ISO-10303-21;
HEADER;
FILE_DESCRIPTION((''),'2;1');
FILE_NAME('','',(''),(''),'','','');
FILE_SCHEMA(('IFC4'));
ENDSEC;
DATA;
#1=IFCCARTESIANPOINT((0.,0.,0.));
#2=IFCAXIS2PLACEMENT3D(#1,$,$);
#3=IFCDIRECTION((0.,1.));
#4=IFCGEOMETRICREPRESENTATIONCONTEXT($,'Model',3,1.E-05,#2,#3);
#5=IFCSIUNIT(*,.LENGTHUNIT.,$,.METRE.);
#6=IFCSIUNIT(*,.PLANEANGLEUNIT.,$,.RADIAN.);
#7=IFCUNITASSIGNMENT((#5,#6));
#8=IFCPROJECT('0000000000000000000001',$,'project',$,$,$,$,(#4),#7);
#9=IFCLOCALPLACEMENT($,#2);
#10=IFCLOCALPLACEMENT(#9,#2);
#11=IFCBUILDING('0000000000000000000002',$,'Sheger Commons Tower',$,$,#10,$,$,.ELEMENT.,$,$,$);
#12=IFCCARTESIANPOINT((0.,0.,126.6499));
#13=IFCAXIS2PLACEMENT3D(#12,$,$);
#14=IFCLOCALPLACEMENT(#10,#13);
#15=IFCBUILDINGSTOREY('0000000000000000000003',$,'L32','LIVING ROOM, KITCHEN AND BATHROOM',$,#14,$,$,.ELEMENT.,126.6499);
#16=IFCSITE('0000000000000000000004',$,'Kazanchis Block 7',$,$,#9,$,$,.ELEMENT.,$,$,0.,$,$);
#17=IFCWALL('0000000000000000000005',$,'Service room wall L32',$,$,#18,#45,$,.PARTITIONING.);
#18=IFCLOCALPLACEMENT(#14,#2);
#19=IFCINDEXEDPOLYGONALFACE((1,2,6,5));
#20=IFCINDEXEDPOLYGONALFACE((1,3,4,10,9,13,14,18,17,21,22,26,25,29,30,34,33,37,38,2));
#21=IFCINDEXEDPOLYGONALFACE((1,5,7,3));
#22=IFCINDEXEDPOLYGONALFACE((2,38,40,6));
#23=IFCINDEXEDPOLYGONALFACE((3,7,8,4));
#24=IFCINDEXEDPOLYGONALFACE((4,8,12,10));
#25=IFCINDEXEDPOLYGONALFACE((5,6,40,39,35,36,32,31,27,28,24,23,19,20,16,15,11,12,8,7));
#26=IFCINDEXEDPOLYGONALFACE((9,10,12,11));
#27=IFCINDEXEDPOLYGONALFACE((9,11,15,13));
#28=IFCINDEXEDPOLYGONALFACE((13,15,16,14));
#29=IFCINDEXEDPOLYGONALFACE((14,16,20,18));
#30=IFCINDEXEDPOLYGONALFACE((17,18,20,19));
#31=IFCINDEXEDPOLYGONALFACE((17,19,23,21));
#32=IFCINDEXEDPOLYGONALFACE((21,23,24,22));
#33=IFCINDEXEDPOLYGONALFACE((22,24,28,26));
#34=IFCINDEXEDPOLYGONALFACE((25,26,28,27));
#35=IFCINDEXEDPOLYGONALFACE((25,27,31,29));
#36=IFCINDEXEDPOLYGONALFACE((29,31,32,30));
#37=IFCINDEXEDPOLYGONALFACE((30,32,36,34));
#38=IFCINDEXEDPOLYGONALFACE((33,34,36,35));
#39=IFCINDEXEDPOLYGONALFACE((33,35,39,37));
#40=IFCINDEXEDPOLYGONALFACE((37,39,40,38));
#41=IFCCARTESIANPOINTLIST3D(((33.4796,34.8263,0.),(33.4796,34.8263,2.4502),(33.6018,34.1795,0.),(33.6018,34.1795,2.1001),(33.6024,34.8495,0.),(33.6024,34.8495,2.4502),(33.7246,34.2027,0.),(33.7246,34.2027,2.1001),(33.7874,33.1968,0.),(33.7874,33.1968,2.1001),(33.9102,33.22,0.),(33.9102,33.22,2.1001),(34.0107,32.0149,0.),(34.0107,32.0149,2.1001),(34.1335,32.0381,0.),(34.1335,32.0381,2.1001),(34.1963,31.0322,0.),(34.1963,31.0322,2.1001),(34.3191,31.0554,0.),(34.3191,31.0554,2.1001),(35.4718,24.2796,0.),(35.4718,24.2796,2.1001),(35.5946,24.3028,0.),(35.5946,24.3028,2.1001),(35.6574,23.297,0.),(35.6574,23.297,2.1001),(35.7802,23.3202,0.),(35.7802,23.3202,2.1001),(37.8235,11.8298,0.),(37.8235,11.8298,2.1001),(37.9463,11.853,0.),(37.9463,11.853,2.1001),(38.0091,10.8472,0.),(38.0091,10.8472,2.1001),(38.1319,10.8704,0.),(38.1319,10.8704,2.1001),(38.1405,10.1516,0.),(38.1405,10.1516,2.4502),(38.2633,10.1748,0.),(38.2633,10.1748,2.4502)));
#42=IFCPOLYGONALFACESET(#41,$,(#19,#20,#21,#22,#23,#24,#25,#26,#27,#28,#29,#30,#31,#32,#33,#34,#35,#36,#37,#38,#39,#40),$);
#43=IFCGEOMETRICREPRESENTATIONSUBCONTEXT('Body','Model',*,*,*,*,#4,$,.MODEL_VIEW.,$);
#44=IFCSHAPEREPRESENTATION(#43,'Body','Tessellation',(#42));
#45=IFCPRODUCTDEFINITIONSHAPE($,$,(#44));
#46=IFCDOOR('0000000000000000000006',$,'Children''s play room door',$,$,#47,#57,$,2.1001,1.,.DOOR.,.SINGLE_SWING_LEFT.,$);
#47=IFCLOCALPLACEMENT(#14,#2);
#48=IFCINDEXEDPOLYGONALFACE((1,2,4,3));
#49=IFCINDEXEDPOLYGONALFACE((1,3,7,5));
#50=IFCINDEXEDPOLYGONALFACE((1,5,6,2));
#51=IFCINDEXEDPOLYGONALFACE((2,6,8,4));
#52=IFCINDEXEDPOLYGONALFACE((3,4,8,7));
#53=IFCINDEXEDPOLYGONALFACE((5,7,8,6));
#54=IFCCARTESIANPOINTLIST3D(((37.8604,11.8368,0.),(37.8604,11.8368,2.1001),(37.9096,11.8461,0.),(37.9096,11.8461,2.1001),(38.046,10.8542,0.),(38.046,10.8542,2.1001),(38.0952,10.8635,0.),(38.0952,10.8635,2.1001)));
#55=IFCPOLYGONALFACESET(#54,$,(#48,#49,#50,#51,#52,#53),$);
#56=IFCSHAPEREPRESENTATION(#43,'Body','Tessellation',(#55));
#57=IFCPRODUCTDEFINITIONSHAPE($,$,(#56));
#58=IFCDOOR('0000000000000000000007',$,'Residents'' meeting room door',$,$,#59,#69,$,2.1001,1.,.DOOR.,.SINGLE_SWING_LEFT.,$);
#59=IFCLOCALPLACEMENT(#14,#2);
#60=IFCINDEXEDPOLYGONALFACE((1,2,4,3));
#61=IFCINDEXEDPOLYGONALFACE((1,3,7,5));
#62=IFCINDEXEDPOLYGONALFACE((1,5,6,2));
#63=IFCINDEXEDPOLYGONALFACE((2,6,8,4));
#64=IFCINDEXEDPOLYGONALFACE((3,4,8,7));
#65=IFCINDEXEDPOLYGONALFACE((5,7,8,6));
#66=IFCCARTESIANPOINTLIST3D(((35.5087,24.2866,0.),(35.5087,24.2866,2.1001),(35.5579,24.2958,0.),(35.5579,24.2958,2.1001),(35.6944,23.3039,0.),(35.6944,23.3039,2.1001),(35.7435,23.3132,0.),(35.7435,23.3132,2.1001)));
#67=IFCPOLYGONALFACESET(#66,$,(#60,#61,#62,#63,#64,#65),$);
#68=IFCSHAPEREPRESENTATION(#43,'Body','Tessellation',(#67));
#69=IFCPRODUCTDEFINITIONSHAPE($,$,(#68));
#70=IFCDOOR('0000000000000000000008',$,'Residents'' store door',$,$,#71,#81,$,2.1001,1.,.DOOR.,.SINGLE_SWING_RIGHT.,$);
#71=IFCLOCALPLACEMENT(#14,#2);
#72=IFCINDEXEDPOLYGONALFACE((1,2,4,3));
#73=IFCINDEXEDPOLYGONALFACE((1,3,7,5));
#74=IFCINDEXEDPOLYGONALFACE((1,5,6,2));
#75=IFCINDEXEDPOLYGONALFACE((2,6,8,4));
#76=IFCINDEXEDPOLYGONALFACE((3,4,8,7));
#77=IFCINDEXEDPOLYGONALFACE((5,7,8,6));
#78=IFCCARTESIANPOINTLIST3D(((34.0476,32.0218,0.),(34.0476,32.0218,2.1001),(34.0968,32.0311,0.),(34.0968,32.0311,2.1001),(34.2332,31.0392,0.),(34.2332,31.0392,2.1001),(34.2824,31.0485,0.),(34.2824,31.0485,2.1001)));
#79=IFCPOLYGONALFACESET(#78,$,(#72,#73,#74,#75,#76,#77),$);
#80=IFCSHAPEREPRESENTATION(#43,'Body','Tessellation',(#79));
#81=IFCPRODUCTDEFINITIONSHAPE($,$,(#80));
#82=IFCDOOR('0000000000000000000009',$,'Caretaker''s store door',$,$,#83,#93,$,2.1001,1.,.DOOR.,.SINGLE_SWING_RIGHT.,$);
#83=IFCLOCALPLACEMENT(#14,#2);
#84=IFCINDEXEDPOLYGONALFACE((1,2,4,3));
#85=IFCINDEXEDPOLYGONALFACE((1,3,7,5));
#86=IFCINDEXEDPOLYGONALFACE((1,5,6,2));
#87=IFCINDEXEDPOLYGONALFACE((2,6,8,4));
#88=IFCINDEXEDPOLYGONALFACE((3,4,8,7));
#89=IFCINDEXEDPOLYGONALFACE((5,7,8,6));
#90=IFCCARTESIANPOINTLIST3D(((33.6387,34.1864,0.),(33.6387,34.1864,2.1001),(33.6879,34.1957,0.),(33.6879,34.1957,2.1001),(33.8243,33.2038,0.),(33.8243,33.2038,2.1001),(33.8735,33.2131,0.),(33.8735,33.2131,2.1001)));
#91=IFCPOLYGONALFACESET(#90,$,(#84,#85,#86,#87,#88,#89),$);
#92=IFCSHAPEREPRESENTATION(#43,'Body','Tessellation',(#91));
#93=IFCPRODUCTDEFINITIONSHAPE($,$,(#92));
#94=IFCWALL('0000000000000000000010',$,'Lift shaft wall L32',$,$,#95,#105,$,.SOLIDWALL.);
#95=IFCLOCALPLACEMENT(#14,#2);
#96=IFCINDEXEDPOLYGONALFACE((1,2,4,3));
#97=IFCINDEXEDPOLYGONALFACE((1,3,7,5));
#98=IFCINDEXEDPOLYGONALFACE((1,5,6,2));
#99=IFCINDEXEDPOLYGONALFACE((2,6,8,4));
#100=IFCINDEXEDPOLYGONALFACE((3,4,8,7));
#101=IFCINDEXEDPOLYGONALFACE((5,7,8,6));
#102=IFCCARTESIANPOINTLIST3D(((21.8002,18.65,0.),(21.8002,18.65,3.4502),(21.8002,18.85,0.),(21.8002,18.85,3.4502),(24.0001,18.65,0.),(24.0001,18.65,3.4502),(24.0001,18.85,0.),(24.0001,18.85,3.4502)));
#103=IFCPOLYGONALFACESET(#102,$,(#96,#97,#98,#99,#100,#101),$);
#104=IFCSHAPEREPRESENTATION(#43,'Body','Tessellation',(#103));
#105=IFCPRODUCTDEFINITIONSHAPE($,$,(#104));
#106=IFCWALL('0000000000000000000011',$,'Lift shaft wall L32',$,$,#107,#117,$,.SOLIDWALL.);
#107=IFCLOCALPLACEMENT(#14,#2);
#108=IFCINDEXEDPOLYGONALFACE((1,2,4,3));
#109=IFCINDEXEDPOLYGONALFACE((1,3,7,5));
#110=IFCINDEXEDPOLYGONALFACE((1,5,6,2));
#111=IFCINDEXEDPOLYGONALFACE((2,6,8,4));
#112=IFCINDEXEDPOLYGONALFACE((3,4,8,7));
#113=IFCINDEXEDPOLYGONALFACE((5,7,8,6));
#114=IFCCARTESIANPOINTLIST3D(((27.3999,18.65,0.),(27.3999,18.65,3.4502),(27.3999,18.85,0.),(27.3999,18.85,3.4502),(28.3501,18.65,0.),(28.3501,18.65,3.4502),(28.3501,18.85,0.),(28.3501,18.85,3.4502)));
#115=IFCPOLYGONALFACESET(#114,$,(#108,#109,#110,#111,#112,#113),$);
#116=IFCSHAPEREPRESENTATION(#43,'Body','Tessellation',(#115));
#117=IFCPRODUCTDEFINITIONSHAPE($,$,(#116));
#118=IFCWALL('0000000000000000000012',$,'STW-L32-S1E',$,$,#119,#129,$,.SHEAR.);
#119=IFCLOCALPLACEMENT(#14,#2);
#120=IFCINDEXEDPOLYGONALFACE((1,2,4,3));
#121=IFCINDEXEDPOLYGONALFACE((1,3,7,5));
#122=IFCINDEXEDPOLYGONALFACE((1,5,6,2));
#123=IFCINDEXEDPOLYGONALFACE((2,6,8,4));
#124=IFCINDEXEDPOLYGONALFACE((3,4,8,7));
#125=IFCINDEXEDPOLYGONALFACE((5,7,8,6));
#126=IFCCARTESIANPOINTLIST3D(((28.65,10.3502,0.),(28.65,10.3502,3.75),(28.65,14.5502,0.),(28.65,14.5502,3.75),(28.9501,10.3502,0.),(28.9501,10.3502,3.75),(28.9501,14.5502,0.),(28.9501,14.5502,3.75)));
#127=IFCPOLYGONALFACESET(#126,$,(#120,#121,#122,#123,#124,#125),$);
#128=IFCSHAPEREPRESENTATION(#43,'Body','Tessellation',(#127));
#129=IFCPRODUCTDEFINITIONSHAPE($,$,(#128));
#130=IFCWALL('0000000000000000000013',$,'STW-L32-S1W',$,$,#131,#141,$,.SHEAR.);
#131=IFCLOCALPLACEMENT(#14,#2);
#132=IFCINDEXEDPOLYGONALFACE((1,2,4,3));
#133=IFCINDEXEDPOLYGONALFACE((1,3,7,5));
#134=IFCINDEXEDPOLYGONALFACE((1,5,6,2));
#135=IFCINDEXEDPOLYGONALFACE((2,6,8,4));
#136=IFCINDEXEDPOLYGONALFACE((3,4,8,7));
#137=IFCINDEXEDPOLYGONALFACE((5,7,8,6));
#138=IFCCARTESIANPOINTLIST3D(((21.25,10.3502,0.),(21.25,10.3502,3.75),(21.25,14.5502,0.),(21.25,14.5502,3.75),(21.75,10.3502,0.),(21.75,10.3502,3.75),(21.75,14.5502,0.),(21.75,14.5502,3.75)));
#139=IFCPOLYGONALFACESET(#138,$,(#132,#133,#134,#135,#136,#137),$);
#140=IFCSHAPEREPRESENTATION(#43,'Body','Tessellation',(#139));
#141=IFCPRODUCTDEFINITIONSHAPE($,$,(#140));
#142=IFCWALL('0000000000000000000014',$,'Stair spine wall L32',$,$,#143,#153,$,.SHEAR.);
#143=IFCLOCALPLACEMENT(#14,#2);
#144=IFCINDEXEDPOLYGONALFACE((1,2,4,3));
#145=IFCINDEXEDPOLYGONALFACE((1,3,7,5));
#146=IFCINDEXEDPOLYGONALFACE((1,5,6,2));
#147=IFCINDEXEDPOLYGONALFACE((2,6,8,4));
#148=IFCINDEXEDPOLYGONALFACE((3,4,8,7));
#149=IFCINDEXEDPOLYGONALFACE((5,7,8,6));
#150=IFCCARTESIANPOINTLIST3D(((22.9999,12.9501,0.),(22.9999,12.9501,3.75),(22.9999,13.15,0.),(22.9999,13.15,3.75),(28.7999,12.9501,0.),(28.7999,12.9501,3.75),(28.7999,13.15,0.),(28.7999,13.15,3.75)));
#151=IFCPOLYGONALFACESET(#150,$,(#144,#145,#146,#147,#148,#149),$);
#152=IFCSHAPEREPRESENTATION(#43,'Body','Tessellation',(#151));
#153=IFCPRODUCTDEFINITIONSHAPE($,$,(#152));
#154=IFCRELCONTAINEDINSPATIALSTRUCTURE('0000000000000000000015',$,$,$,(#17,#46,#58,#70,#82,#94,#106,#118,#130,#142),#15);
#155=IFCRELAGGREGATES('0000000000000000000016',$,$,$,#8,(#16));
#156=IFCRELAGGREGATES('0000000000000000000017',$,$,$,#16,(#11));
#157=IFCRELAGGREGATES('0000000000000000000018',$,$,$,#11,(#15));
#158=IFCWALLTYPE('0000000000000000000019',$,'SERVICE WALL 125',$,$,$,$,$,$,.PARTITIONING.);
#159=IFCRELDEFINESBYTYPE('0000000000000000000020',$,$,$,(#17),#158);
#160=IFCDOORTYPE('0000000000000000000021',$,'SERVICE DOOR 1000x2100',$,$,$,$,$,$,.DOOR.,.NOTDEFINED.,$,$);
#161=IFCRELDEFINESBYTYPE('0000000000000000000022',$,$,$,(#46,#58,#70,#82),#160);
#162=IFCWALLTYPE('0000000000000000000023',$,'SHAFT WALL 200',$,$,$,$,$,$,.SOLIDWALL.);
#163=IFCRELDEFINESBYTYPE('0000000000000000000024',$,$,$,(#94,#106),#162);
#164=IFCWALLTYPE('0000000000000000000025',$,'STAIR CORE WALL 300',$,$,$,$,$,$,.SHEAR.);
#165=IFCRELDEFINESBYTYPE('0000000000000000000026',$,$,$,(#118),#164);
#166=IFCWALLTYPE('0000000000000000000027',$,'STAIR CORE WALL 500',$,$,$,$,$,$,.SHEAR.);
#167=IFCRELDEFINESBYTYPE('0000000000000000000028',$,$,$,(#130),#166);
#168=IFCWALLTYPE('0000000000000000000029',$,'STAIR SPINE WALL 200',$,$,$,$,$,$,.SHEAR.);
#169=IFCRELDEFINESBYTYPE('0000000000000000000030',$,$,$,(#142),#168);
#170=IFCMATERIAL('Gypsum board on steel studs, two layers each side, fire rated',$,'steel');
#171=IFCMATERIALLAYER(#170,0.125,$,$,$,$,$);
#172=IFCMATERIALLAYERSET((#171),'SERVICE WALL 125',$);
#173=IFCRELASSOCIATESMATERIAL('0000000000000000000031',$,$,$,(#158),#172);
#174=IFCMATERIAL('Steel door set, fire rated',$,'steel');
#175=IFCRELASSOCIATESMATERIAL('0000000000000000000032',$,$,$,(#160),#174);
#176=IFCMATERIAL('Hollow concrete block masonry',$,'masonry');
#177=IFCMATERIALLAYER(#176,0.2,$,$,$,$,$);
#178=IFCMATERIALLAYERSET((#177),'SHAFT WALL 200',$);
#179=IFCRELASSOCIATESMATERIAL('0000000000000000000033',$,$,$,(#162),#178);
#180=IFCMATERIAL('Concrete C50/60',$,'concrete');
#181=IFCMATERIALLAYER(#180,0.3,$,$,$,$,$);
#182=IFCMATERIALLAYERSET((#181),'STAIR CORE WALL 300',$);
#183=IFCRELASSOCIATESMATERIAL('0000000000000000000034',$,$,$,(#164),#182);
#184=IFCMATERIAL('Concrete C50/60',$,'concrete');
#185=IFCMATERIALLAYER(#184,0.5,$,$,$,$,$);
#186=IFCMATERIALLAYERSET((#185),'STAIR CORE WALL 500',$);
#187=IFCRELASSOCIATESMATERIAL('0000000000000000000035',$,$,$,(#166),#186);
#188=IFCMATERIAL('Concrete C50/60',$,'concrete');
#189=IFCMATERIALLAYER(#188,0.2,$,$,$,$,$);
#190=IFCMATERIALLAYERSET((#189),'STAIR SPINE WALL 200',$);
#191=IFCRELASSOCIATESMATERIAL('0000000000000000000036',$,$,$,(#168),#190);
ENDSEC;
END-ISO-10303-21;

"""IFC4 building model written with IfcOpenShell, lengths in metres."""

from ifc_helpers import new_model, si_unit, direction, frame, frame_2d, origin, place, context, subcontext, project, spatial, rectangle, extrude, material, layer, layer_set, type_object, element, fill, save


model = new_model("IFC4")

# Units and contexts
model_context = context("Model", 3, precision=1e-05, world=origin(), true_north=direction((0.0, 1.0)))
body_context = subcontext(model_context, "Body", "Model", "MODEL_VIEW")
ifc_project = project(units=[si_unit("LENGTHUNIT", "METRE"), si_unit("PLANEANGLEUNIT", "RADIAN")], contexts=[model_context])

# Site, building, storey
site_placement = place(None, origin())
site = spatial("IfcSite", under=ifc_project, at=site_placement, Name="Kazanchis Block 7", CompositionType="ELEMENT", RefElevation=0.0)
building_placement = place(site_placement, origin())
building = spatial("IfcBuilding", under=site, at=building_placement, Name="Sheger Commons Tower", CompositionType="ELEMENT")
storey_placement = place(building_placement, frame((0.0, 0.0, 126.6499)))
storey = spatial("IfcBuildingStorey", under=building, at=storey_placement, Name="L32", Description="LIVING ROOM, KITCHEN AND BATHROOM", CompositionType="ELEMENT", Elevation=126.6499)

# Shared definitions
ifc_material_1 = material(Name="Gypsum board on steel studs, two layers each side, fire rated", Category="steel")
ifc_layer_1 = layer(ifc_material_1, 0.125)
ifc_layer_set_1 = layer_set([ifc_layer_1], Name="SERVICE WALL 125")
wall_type_1 = type_object("IfcWallType", Name="SERVICE WALL 125", PredefinedType="PARTITIONING", material=ifc_layer_set_1)

# Wall, openings, doors
wall_1_placement = place(storey_placement, frame((38.2019, 10.1631, 0.0), z_axis=(0.0, 0.0, 1.0), x_axis=(-0.18561, 0.982623, 0.0)))
wall_1 = element("IfcWall", 1, at=wall_1_placement, inside=storey, type_object=wall_type_1, Name="Service room wall L32", PredefinedType="PARTITIONING", context=body_context, shape_type="SweptSolid", body=[
    extrude(rectangle(XDim=25.1111, YDim=0.125, at=frame_2d((12.5557, 0.0))), origin(), (0.0, 0.0, 1.0), 2.4502),
])
opening_1_placement = place(wall_1_placement, frame((0.708, 0.0, 0.0)))
opening_1 = element("IfcOpeningElement", 2, at=opening_1_placement, cuts=wall_1, PredefinedType="OPENING", context=body_context, shape_type="SweptSolid", body=[
    extrude(rectangle(XDim=1.0, YDim=2.1001, at=frame_2d((0.5, 1.05))), frame((0.0, 0.0725, 0.0), z_axis=(0.0, -1.0, 0.0), x_axis=(1.0, 0.0, 0.0)), (0.0, 0.0, 1.0), 0.145),
])
opening_2_placement = place(wall_1_placement, frame((13.3779, 0.0, 0.0)))
opening_2 = element("IfcOpeningElement", 3, at=opening_2_placement, cuts=wall_1, PredefinedType="OPENING", context=body_context, shape_type="SweptSolid", body=[
    extrude(rectangle(XDim=1.0, YDim=2.1001, at=frame_2d((0.5, 1.05))), frame((0.0, 0.0725, 0.0), z_axis=(0.0, -1.0, 0.0), x_axis=(1.0, 0.0, 0.0)), (0.0, 0.0, 1.0), 0.145),
])
opening_3_placement = place(wall_1_placement, frame((21.25, 0.0, 0.0)))
opening_3 = element("IfcOpeningElement", 4, at=opening_3_placement, cuts=wall_1, PredefinedType="OPENING", context=body_context, shape_type="SweptSolid", body=[
    extrude(rectangle(XDim=1.0, YDim=2.1001, at=frame_2d((0.5, 1.05))), frame((0.0, 0.0725, 0.0), z_axis=(0.0, -1.0, 0.0), x_axis=(1.0, 0.0, 0.0)), (0.0, 0.0, 1.0), 0.145),
])
opening_4_placement = place(wall_1_placement, frame((23.4529, 0.0, 0.0)))
opening_4 = element("IfcOpeningElement", 5, at=opening_4_placement, cuts=wall_1, PredefinedType="OPENING", context=body_context, shape_type="SweptSolid", body=[
    extrude(rectangle(XDim=1.0, YDim=2.1001, at=frame_2d((0.5, 1.05))), frame((0.0, 0.0725, 0.0), z_axis=(0.0, -1.0, 0.0), x_axis=(1.0, 0.0, 0.0)), (0.0, 0.0, 1.0), 0.145),
])
ifc_material_2 = material(Name="Steel door set, fire rated", Category="steel")
door_type_1 = type_object("IfcDoorType", Name="SERVICE DOOR 1000x2100", OperationType="NOTDEFINED", PredefinedType="DOOR", material=ifc_material_2)
door_1_placement = place(opening_1_placement, origin())
door_1 = element("IfcDoor", 6, at=door_1_placement, inside=storey, type_object=door_type_1, Name="Children's play room door", OperationType="SINGLE_SWING_LEFT", OverallHeight=2.1001, OverallWidth=1.0, PredefinedType="DOOR", context=body_context, shape_type="SweptSolid", body=[
    extrude(rectangle(XDim=1.0, YDim=2.1001, at=frame_2d((0.5, 1.05))), frame((0.0, 0.0249, 0.0), z_axis=(0.0, -1.0, 0.0), x_axis=(1.0, 0.0, 0.0)), (0.0, 0.0, 1.0), 0.05),
])
fill(opening_1, door_1)
door_2_placement = place(opening_2_placement, origin())
door_2 = element("IfcDoor", 7, at=door_2_placement, inside=storey, type_object=door_type_1, Name="Residents' meeting room door", OperationType="SINGLE_SWING_LEFT", OverallHeight=2.1001, OverallWidth=1.0, PredefinedType="DOOR", context=body_context, shape_type="SweptSolid", body=[
    extrude(rectangle(XDim=1.0, YDim=2.1001, at=frame_2d((0.5, 1.05))), frame((0.0, 0.0249, 0.0), z_axis=(0.0, -1.0, 0.0), x_axis=(1.0, 0.0, 0.0)), (0.0, 0.0, 1.0), 0.05),
])
fill(opening_2, door_2)
door_3_placement = place(opening_3_placement, origin())
door_3 = element("IfcDoor", 8, at=door_3_placement, inside=storey, type_object=door_type_1, Name="Residents' store door", OperationType="SINGLE_SWING_RIGHT", OverallHeight=2.1001, OverallWidth=1.0, PredefinedType="DOOR", context=body_context, shape_type="SweptSolid", body=[
    extrude(rectangle(XDim=1.0, YDim=2.1001, at=frame_2d((0.5, 1.05))), frame((0.0, 0.0249, 0.0), z_axis=(0.0, -1.0, 0.0), x_axis=(1.0, 0.0, 0.0)), (0.0, 0.0, 1.0), 0.05),
])
fill(opening_3, door_3)
door_4_placement = place(opening_4_placement, origin())
door_4 = element("IfcDoor", 9, at=door_4_placement, inside=storey, type_object=door_type_1, Name="Caretaker's store door", OperationType="SINGLE_SWING_RIGHT", OverallHeight=2.1001, OverallWidth=1.0, PredefinedType="DOOR", context=body_context, shape_type="SweptSolid", body=[
    extrude(rectangle(XDim=1.0, YDim=2.1001, at=frame_2d((0.5, 1.05))), frame((0.0, 0.0249, 0.0), z_axis=(0.0, -1.0, 0.0), x_axis=(1.0, 0.0, 0.0)), (0.0, 0.0, 1.0), 0.05),
])
fill(opening_4, door_4)

# Walls
ifc_material_3 = material(Name="Hollow concrete block masonry", Category="masonry")
ifc_layer_2 = layer(ifc_material_3, 0.2)
ifc_layer_set_2 = layer_set([ifc_layer_2], Name="SHAFT WALL 200")
wall_type_2 = type_object("IfcWallType", Name="SHAFT WALL 200", PredefinedType="SOLIDWALL", material=ifc_layer_set_2)
wall_2_placement = place(storey_placement, frame((21.8, 18.75, 0.0), z_axis=(0.0, 0.0, 1.0), x_axis=(1.0, 0.0, 0.0)))
element("IfcWall", 10, at=wall_2_placement, inside=storey, type_object=wall_type_2, Name="Lift shaft wall L32", PredefinedType="SOLIDWALL", context=body_context, shape_type="SweptSolid", body=[
    extrude(rectangle(XDim=2.2, YDim=0.2, at=frame_2d((1.1001, 0.0))), origin(), (0.0, 0.0, 1.0), 3.4502),
])
wall_3_placement = place(storey_placement, frame((27.3999, 18.75, 0.0), z_axis=(0.0, 0.0, 1.0), x_axis=(1.0, 0.0, 0.0)))
element("IfcWall", 11, at=wall_3_placement, inside=storey, type_object=wall_type_2, Name="Lift shaft wall L32", PredefinedType="SOLIDWALL", context=body_context, shape_type="SweptSolid", body=[
    extrude(rectangle(XDim=0.9502, YDim=0.2, at=frame_2d((0.4751, 0.0))), origin(), (0.0, 0.0, 1.0), 3.4502),
])
ifc_material_4 = material(Name="Concrete C50/60", Category="concrete")
ifc_layer_3 = layer(ifc_material_4, 0.3)
ifc_layer_set_3 = layer_set([ifc_layer_3], Name="STAIR CORE WALL 300")
wall_type_3 = type_object("IfcWallType", Name="STAIR CORE WALL 300", PredefinedType="SHEAR", material=ifc_layer_set_3)
wall_4_placement = place(storey_placement, frame((28.8, 10.3501, 0.0), z_axis=(0.0, 0.0, 1.0), x_axis=(0.0, 1.0, 0.0)))
element("IfcWall", 12, at=wall_4_placement, inside=storey, type_object=wall_type_3, Name="STW-L32-S1E", PredefinedType="SHEAR", context=body_context, shape_type="SweptSolid", body=[
    extrude(rectangle(XDim=4.2, YDim=0.3, at=frame_2d((2.1001, 0.0))), origin(), (0.0, 0.0, 1.0), 3.75),
])
ifc_material_5 = material(Name="Concrete C50/60", Category="concrete")
ifc_layer_4 = layer(ifc_material_5, 0.5)
ifc_layer_set_4 = layer_set([ifc_layer_4], Name="STAIR CORE WALL 500")
wall_type_4 = type_object("IfcWallType", Name="STAIR CORE WALL 500", PredefinedType="SHEAR", material=ifc_layer_set_4)
wall_5_placement = place(storey_placement, frame((21.5, 10.3501, 0.0), z_axis=(0.0, 0.0, 1.0), x_axis=(0.0, 1.0, 0.0)))
element("IfcWall", 13, at=wall_5_placement, inside=storey, type_object=wall_type_4, Name="STW-L32-S1W", PredefinedType="SHEAR", context=body_context, shape_type="SweptSolid", body=[
    extrude(rectangle(XDim=4.2, YDim=0.5, at=frame_2d((2.1001, 0.0))), origin(), (0.0, 0.0, 1.0), 3.75),
])
ifc_material_6 = material(Name="Concrete C50/60", Category="concrete")
ifc_layer_5 = layer(ifc_material_6, 0.2)
ifc_layer_set_5 = layer_set([ifc_layer_5], Name="STAIR SPINE WALL 200")
wall_type_5 = type_object("IfcWallType", Name="STAIR SPINE WALL 200", PredefinedType="SHEAR", material=ifc_layer_set_5)
wall_6_placement = place(storey_placement, frame((23.0, 13.05, 0.0), z_axis=(0.0, 0.0, 1.0), x_axis=(1.0, 0.0, 0.0)))
element("IfcWall", 14, at=wall_6_placement, inside=storey, type_object=wall_type_5, Name="Stair spine wall L32", PredefinedType="SHEAR", context=body_context, shape_type="SweptSolid", body=[
    extrude(rectangle(XDim=5.8, YDim=0.2, at=frame_2d((2.8999, 0.0))), origin(), (0.0, 0.0, 1.0), 3.75),
])

save(model, "model.ifc")
